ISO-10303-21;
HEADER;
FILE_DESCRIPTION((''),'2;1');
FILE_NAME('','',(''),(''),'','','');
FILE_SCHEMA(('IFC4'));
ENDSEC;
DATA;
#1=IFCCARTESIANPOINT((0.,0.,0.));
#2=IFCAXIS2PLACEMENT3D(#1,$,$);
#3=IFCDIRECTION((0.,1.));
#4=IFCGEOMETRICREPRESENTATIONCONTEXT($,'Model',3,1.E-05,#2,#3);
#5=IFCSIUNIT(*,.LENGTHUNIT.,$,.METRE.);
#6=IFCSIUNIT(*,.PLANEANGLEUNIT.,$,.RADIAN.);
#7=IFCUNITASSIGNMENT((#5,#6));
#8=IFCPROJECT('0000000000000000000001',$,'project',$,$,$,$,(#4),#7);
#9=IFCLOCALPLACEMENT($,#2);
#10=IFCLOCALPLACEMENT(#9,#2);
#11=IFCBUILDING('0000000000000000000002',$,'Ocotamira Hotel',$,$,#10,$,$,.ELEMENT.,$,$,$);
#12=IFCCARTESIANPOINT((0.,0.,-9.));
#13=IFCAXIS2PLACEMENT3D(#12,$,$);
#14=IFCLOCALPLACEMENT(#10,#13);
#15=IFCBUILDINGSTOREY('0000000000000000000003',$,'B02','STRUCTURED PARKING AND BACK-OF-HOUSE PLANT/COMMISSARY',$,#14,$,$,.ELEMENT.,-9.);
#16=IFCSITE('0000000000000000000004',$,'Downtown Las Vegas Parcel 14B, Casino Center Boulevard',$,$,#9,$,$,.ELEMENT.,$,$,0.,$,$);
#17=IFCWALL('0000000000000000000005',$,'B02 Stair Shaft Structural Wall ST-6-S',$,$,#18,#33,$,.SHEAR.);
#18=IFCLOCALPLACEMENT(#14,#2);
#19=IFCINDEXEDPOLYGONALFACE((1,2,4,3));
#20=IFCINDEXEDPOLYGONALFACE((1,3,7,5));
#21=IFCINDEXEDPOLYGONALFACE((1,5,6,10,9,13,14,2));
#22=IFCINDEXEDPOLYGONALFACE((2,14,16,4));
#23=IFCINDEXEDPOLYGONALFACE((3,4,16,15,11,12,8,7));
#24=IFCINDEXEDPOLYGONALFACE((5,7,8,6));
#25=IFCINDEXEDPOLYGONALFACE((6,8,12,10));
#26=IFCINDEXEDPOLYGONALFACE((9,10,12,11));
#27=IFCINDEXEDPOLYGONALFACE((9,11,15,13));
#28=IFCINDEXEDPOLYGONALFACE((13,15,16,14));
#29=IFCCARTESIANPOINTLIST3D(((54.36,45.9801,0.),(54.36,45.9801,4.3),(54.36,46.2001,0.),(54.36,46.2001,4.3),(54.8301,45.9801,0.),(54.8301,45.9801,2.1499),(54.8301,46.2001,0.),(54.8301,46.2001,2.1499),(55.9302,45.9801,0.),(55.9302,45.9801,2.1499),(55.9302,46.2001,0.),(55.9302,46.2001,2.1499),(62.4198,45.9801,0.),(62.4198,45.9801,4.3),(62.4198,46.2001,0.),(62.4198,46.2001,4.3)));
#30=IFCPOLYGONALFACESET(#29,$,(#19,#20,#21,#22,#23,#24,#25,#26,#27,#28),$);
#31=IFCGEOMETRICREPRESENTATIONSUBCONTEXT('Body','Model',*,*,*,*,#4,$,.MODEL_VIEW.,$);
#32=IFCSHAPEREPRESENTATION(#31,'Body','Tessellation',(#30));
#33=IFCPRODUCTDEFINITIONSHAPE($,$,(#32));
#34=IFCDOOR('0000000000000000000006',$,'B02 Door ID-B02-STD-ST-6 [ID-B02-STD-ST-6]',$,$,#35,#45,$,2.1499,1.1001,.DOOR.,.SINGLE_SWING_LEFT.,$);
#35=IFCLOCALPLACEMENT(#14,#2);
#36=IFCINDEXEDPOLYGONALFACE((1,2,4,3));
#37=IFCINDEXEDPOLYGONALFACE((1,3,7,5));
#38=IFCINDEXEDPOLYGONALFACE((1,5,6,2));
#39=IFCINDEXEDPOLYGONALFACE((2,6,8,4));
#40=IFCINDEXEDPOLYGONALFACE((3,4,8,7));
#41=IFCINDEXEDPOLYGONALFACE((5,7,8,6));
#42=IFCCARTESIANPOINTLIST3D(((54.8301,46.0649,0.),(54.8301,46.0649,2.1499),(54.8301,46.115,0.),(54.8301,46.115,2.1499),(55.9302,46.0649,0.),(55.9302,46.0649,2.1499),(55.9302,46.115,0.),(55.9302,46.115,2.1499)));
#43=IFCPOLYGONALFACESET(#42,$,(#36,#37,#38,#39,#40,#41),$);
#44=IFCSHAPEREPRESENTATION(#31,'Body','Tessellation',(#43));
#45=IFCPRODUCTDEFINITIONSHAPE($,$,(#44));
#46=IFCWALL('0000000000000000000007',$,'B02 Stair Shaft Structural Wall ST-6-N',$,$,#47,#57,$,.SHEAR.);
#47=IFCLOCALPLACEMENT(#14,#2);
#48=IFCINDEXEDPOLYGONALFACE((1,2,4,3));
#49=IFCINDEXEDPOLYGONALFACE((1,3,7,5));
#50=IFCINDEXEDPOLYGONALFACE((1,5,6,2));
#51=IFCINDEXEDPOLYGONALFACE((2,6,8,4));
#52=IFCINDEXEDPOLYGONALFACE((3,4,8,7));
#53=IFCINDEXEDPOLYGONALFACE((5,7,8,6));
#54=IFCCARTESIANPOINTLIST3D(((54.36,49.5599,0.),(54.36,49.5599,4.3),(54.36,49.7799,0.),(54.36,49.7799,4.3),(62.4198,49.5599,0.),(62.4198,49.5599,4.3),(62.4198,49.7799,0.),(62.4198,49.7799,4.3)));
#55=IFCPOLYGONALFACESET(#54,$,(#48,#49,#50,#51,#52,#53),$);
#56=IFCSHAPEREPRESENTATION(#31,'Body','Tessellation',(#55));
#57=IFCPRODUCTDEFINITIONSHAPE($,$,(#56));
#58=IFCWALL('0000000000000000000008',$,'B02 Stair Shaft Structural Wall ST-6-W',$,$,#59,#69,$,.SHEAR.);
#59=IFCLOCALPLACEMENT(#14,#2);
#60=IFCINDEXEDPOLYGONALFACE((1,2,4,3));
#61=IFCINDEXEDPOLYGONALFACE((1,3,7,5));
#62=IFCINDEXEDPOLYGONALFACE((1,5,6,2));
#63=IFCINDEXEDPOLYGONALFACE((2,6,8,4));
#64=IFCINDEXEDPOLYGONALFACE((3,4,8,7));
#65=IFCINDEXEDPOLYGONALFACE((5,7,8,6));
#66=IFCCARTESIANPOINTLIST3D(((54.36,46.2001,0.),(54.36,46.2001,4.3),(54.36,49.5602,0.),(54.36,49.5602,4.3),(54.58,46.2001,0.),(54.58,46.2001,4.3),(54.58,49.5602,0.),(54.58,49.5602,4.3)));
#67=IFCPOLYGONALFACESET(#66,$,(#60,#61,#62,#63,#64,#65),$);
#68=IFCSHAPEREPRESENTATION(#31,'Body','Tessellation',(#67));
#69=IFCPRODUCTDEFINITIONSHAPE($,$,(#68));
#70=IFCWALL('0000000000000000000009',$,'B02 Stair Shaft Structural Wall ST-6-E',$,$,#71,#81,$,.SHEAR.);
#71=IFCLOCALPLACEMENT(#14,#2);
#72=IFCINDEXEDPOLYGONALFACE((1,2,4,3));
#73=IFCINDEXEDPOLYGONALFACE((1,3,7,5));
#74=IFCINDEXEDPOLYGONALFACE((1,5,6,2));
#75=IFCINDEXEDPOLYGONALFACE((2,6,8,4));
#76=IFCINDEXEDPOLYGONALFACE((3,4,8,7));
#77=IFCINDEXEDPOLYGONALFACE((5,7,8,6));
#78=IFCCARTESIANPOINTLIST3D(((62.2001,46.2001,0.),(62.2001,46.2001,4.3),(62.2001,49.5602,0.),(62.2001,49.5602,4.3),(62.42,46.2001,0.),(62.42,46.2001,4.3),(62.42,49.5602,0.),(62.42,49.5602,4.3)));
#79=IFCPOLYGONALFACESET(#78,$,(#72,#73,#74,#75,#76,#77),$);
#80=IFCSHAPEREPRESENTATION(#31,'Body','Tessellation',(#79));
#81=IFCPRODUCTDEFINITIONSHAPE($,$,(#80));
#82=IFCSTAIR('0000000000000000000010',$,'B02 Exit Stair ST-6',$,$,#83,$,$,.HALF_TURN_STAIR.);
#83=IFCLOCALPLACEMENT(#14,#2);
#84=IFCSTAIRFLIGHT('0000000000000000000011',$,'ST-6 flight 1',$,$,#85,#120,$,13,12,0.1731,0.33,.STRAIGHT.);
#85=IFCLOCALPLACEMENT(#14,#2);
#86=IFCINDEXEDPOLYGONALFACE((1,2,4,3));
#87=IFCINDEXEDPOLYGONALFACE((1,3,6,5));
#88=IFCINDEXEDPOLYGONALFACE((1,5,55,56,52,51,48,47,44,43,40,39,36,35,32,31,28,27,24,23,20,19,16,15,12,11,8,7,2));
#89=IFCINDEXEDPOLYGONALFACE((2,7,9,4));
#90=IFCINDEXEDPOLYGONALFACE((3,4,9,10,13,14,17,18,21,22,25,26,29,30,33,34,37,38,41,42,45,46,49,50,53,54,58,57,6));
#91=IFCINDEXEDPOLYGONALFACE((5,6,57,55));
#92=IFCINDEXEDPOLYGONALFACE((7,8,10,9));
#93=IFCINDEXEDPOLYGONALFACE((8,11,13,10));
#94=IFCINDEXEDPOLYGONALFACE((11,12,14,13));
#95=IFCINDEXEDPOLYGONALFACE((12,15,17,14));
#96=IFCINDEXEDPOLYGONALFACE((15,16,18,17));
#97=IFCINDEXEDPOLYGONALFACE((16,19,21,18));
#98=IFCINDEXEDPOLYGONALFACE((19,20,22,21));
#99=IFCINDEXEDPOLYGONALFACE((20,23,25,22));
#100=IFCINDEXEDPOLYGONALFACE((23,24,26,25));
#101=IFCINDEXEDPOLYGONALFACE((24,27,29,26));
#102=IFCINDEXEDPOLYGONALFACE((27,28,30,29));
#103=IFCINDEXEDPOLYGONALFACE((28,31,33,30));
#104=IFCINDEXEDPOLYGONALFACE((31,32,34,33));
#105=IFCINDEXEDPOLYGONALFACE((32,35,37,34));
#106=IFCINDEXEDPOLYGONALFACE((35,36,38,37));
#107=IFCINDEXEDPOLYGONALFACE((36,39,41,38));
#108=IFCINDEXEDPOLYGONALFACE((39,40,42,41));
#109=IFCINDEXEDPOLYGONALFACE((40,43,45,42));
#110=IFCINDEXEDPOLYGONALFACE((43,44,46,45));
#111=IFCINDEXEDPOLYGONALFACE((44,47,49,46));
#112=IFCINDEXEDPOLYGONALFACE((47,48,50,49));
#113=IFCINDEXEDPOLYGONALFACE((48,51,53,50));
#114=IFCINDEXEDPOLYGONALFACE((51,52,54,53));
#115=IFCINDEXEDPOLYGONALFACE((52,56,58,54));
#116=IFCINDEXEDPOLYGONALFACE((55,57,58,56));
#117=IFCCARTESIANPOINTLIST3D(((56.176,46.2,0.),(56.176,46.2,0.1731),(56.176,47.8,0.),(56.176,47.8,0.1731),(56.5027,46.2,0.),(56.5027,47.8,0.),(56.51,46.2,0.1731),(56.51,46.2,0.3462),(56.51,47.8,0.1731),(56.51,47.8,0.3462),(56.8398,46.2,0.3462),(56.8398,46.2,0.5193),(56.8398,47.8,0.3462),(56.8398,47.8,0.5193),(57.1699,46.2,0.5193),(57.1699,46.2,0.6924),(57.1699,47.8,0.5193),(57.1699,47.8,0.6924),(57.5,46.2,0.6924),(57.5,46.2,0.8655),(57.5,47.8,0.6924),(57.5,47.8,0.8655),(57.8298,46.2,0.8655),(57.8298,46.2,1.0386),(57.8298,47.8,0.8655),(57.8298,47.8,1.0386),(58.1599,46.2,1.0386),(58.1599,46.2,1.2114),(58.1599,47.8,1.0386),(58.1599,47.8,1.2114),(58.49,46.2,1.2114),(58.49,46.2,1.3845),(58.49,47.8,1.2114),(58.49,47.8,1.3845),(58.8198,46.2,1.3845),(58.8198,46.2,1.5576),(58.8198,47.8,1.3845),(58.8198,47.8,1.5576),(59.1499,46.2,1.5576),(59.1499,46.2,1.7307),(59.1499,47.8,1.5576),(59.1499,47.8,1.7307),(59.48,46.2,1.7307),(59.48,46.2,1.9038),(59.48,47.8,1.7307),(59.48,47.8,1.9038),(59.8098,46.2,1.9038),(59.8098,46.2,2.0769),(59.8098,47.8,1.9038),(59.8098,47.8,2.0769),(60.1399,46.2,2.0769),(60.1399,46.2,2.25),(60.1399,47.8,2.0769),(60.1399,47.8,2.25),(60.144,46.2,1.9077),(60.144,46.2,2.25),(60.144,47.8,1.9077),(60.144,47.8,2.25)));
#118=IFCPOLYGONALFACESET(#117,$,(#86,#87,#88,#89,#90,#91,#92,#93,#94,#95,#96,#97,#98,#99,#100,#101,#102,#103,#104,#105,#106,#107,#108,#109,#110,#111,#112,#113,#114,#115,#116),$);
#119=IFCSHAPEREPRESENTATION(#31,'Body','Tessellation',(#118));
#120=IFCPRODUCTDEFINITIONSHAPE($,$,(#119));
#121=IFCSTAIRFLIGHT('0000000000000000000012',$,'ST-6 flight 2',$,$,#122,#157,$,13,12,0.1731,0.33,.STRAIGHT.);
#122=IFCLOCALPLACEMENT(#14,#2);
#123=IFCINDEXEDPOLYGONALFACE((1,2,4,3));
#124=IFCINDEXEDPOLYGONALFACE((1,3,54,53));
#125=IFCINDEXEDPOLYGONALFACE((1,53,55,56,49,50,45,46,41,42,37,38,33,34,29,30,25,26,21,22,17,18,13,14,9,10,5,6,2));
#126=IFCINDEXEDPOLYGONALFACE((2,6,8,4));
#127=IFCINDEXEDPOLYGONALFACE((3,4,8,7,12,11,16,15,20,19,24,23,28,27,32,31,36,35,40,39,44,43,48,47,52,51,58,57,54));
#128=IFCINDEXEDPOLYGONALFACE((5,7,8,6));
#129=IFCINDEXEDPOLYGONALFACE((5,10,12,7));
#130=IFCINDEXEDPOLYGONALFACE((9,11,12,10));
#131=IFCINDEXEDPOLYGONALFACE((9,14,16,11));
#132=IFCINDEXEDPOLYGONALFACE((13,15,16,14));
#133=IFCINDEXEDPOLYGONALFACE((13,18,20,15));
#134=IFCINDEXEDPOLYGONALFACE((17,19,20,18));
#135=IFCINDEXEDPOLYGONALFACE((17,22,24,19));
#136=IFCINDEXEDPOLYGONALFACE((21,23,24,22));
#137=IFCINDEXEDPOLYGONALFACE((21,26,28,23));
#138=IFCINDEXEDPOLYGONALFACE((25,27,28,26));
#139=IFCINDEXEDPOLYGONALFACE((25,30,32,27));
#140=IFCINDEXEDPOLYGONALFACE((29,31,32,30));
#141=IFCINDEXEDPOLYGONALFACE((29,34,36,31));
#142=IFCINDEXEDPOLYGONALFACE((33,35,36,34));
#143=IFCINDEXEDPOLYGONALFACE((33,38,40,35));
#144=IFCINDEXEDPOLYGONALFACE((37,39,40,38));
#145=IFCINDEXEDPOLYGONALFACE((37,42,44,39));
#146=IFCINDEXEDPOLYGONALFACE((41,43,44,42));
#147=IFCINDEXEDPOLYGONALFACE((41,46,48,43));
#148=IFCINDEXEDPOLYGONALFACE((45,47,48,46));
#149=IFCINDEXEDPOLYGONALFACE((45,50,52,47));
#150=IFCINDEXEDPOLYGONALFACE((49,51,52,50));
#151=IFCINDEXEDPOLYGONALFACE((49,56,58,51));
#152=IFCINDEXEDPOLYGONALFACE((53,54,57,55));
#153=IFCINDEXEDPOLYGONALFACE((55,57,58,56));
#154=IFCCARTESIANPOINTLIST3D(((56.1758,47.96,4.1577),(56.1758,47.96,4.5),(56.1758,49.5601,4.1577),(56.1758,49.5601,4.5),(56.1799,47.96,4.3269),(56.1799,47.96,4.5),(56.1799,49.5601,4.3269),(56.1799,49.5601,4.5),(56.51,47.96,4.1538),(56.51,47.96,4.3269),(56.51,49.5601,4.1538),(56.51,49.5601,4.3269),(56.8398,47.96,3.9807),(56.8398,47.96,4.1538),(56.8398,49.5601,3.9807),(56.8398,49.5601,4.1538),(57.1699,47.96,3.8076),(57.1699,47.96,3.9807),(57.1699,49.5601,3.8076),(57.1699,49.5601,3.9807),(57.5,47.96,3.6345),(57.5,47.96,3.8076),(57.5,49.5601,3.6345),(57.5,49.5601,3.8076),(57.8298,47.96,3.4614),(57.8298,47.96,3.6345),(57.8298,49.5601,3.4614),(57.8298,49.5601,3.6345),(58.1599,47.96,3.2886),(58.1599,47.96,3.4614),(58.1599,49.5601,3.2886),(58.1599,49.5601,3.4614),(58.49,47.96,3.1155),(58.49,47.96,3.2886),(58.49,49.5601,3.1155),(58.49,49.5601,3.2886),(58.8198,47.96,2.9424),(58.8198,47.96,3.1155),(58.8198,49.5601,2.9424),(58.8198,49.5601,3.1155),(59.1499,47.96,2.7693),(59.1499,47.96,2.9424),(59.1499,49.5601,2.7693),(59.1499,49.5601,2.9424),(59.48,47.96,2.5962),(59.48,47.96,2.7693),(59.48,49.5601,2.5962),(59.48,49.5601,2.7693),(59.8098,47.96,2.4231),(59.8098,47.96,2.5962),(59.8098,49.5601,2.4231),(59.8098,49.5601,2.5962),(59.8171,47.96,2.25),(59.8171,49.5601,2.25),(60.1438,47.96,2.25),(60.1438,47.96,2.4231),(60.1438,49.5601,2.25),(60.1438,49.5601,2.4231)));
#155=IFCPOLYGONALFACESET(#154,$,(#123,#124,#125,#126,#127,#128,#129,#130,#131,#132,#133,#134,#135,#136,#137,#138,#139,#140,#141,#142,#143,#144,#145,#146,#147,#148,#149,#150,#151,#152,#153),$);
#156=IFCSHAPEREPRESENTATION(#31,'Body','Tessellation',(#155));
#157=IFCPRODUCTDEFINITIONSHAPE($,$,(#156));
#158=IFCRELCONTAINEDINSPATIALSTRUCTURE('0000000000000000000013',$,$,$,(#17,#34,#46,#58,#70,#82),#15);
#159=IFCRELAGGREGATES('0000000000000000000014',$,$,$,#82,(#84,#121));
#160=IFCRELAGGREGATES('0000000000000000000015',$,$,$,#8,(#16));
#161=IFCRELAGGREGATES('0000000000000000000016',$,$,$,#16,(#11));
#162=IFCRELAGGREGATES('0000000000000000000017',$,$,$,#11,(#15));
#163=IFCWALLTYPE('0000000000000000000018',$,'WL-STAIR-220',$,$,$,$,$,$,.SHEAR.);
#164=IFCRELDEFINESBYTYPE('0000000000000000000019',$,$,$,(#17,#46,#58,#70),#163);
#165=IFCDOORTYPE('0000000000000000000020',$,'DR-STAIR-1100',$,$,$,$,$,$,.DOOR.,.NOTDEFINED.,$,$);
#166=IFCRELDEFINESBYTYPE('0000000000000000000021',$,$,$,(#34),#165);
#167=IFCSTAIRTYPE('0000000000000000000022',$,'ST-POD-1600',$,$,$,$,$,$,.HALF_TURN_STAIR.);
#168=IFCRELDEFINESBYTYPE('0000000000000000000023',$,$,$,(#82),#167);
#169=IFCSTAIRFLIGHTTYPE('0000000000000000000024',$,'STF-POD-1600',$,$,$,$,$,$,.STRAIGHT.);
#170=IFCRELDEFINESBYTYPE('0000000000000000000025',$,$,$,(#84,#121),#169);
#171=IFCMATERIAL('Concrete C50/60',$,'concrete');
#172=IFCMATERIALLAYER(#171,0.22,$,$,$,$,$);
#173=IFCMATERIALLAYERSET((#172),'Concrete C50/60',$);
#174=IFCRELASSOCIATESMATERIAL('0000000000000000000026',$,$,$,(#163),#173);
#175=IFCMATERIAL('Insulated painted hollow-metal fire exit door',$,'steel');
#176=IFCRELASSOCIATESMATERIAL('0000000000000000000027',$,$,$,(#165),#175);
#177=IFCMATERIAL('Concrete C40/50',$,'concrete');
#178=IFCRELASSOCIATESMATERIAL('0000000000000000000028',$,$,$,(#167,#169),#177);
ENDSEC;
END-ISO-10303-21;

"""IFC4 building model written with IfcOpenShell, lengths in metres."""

from ifc_helpers import new_model, si_unit, direction, frame, frame_2d, origin, place, context, subcontext, project, spatial, polyline, rectangle, outline, extrude, source, transform, mapped, material, layer, layer_set, type_object, element, fill, aggregate, save


model = new_model("IFC4")

# Units and contexts
model_context = context("Model", 3, precision=1e-05, world=origin(), true_north=direction((0.0, 1.0)))
body_context = subcontext(model_context, "Body", "Model", "MODEL_VIEW")
ifc_project = project(units=[si_unit("LENGTHUNIT", "METRE"), si_unit("PLANEANGLEUNIT", "RADIAN")], contexts=[model_context])

# Site, building, storey
site_placement = place(None, origin())
site = spatial("IfcSite", under=ifc_project, at=site_placement, Name="Downtown Las Vegas Parcel 14B, Casino Center Boulevard", CompositionType="ELEMENT", RefElevation=0.0)
building_placement = place(site_placement, origin())
building = spatial("IfcBuilding", under=site, at=building_placement, Name="Ocotamira Hotel", CompositionType="ELEMENT")
storey_placement = place(building_placement, frame((0.0, 0.0, -9.0)))
storey = spatial("IfcBuildingStorey", under=building, at=storey_placement, Name="B02", Description="STRUCTURED PARKING AND BACK-OF-HOUSE PLANT/COMMISSARY", CompositionType="ELEMENT", Elevation=-9.0)

# Shared definitions
ifc_material_1 = material(Name="Concrete C50/60", Category="concrete")

# Wall, opening, door
ifc_layer = layer(ifc_material_1, 0.22)
ifc_layer_set = layer_set([ifc_layer], Name="Concrete C50/60")
wall_type = type_object("IfcWallType", Name="WL-STAIR-220", PredefinedType="SHEAR", material=ifc_layer_set)
wall_1_placement = place(storey_placement, frame((54.3601, 46.0901, 0.0), z_axis=(0.0, 0.0, 1.0), x_axis=(1.0, 0.0, 0.0)))
wall_1 = element("IfcWall", 1, at=wall_1_placement, inside=storey, type_object=wall_type, Name="B02 Stair Shaft Structural Wall ST-6-S", PredefinedType="SHEAR", context=body_context, shape_type="SweptSolid", body=[
    extrude(rectangle(XDim=8.0598, YDim=0.22, at=frame_2d((4.0298, 0.0))), origin(), (0.0, 0.0, 1.0), 4.3),
])
opening_placement = place(wall_1_placement, frame((0.47, 0.0, 0.0)))
opening = element("IfcOpeningElement", 2, at=opening_placement, cuts=wall_1, PredefinedType="OPENING", context=body_context, shape_type="SweptSolid", body=[
    extrude(rectangle(XDim=1.1001, YDim=2.1499, at=frame_2d((0.55, 1.075))), frame((0.0, 0.1201, 0.0), z_axis=(0.0, -1.0, 0.0), x_axis=(1.0, 0.0, 0.0)), (0.0, 0.0, 1.0), 0.24),
])
ifc_material_2 = material(Name="Insulated painted hollow-metal fire exit door", Category="steel")
door_type = type_object("IfcDoorType", Name="DR-STAIR-1100", OperationType="NOTDEFINED", PredefinedType="DOOR", material=ifc_material_2)
shared_shape_1 = source(origin(), body_context, "Body", "SweptSolid", [
    extrude(rectangle(XDim=1.1001, YDim=2.1499, at=frame_2d((0.55, 1.075))), frame((0.0, 0.0249, 0.0), z_axis=(0.0, -1.0, 0.0), x_axis=(1.0, 0.0, 0.0)), (0.0, 0.0, 1.0), 0.05),
])
door_placement = place(opening_placement, origin())
door = element("IfcDoor", 3, at=door_placement, inside=storey, type_object=door_type, Name="B02 Door ID-B02-STD-ST-6 [ID-B02-STD-ST-6]", OperationType="SINGLE_SWING_LEFT", OverallHeight=2.1499, OverallWidth=1.1001, PredefinedType="DOOR", context=body_context, shape_type="MappedRepresentation", body=[
    mapped(shared_shape_1, transform((0.0, 0.0, 0.0), scale=1.0)),
])
fill(opening, door)

# Walls
wall_2_placement = place(storey_placement, frame((54.3601, 49.6699, 0.0), z_axis=(0.0, 0.0, 1.0), x_axis=(1.0, 0.0, 0.0)))
element("IfcWall", 4, at=wall_2_placement, inside=storey, type_object=wall_type, Name="B02 Stair Shaft Structural Wall ST-6-N", PredefinedType="SHEAR", context=body_context, shape_type="SweptSolid", body=[
    extrude(rectangle(XDim=8.0598, YDim=0.22, at=frame_2d((4.0298, 0.0))), origin(), (0.0, 0.0, 1.0), 4.3),
])
for number, where, z_axis, x_axis, name in (
    (5, (54.47, 46.2, 0.0), (0.0, 0.0, 1.0), (0.0, 1.0, 0.0), "B02 Stair Shaft Structural Wall ST-6-W"),
    (6, (62.3101, 46.2, 0.0), (0.0, 0.0, 1.0), (0.0, 1.0, 0.0), "B02 Stair Shaft Structural Wall ST-6-E"),
):
    element("IfcWall", number, at=place(storey_placement, frame(where, z_axis=z_axis, x_axis=x_axis)), inside=storey, type_object=wall_type, Name=name, PredefinedType="SHEAR", context=body_context, shape_type="SweptSolid", body=[
        extrude(rectangle(XDim=3.3601, YDim=0.22, at=frame_2d((1.6802, 0.0))), origin(), (0.0, 0.0, 1.0), 4.3),
    ])

# Stair, stair flights
ifc_material_3 = material(Name="Concrete C40/50", Category="concrete")
stair_type = type_object("IfcStairType", Name="ST-POD-1600", PredefinedType="HALF_TURN_STAIR", material=ifc_material_3)
stair_placement = place(storey_placement, origin())
stair = element("IfcStair", 7, at=stair_placement, inside=storey, type_object=stair_type, Name="B02 Exit Stair ST-6", PredefinedType="HALF_TURN_STAIR")
stair_flight_type = type_object("IfcStairFlightType", Name="STF-POD-1600", PredefinedType="STRAIGHT", material=ifc_material_3)
shared_shape_2 = source(origin(), body_context, "Body", "SweptSolid", [
    extrude(outline(polyline([(-0.0039, 0.0), (-0.0039, 0.1731), (0.3301, 0.1731), (0.3301, 0.3462), (0.6599, 0.3462), (0.6599, 0.5193), (0.99, 0.5193), (0.99, 0.6924), (1.3201, 0.6924), (1.3201, 0.8655), (1.6499, 0.8655), (1.6499, 1.0386), (1.98, 1.0386), (1.98, 1.2114), (2.3101, 1.2114), (2.3101, 1.3845), (2.6399, 1.3845), (2.6399, 1.5576), (2.97, 1.5576), (2.97, 1.7307), (3.3, 1.7307), (3.3, 1.9038), (3.6299, 1.9038), (3.6299, 2.0769), (3.96, 2.0769), (3.96, 2.25), (3.9641, 2.25), (3.9641, 1.9077), (0.3228, 0.0), (-0.0039, 0.0)])), frame((0.0, 0.8, 0.0), z_axis=(0.0, -1.0, 0.0), x_axis=(1.0, 0.0, 0.0)), (0.0, 0.0, 1.0), 1.6001),
])
stair_flight_1_placement = place(storey_placement, frame((56.1799, 47.0, 0.0), z_axis=(0.0, 0.0, 1.0), x_axis=(1.0, 0.0, 0.0)))
stair_flight_1 = element("IfcStairFlight", 8, at=stair_flight_1_placement, type_object=stair_flight_type, Name="ST-6 flight 1", NumberOfRisers=13, NumberOfTreads=12, PredefinedType="STRAIGHT", RiserHeight=0.1731, TreadLength=0.33, context=body_context, shape_type="MappedRepresentation", body=[
    mapped(shared_shape_2, transform((0.0, 0.0, 0.0), scale=1.0)),
])
stair_flight_2_placement = place(storey_placement, frame((60.1399, 48.76, 2.25), z_axis=(0.0, 0.0, 1.0), x_axis=(-1.0, 0.0, 0.0)))
stair_flight_2 = element("IfcStairFlight", 9, at=stair_flight_2_placement, type_object=stair_flight_type, Name="ST-6 flight 2", NumberOfRisers=13, NumberOfTreads=12, PredefinedType="STRAIGHT", RiserHeight=0.1731, TreadLength=0.33, context=body_context, shape_type="MappedRepresentation", body=[
    mapped(shared_shape_2, transform((0.0, 0.0, 0.0), scale=1.0)),
])
aggregate(stair, [stair_flight_1, stair_flight_2])

save(model, "model.ifc")
